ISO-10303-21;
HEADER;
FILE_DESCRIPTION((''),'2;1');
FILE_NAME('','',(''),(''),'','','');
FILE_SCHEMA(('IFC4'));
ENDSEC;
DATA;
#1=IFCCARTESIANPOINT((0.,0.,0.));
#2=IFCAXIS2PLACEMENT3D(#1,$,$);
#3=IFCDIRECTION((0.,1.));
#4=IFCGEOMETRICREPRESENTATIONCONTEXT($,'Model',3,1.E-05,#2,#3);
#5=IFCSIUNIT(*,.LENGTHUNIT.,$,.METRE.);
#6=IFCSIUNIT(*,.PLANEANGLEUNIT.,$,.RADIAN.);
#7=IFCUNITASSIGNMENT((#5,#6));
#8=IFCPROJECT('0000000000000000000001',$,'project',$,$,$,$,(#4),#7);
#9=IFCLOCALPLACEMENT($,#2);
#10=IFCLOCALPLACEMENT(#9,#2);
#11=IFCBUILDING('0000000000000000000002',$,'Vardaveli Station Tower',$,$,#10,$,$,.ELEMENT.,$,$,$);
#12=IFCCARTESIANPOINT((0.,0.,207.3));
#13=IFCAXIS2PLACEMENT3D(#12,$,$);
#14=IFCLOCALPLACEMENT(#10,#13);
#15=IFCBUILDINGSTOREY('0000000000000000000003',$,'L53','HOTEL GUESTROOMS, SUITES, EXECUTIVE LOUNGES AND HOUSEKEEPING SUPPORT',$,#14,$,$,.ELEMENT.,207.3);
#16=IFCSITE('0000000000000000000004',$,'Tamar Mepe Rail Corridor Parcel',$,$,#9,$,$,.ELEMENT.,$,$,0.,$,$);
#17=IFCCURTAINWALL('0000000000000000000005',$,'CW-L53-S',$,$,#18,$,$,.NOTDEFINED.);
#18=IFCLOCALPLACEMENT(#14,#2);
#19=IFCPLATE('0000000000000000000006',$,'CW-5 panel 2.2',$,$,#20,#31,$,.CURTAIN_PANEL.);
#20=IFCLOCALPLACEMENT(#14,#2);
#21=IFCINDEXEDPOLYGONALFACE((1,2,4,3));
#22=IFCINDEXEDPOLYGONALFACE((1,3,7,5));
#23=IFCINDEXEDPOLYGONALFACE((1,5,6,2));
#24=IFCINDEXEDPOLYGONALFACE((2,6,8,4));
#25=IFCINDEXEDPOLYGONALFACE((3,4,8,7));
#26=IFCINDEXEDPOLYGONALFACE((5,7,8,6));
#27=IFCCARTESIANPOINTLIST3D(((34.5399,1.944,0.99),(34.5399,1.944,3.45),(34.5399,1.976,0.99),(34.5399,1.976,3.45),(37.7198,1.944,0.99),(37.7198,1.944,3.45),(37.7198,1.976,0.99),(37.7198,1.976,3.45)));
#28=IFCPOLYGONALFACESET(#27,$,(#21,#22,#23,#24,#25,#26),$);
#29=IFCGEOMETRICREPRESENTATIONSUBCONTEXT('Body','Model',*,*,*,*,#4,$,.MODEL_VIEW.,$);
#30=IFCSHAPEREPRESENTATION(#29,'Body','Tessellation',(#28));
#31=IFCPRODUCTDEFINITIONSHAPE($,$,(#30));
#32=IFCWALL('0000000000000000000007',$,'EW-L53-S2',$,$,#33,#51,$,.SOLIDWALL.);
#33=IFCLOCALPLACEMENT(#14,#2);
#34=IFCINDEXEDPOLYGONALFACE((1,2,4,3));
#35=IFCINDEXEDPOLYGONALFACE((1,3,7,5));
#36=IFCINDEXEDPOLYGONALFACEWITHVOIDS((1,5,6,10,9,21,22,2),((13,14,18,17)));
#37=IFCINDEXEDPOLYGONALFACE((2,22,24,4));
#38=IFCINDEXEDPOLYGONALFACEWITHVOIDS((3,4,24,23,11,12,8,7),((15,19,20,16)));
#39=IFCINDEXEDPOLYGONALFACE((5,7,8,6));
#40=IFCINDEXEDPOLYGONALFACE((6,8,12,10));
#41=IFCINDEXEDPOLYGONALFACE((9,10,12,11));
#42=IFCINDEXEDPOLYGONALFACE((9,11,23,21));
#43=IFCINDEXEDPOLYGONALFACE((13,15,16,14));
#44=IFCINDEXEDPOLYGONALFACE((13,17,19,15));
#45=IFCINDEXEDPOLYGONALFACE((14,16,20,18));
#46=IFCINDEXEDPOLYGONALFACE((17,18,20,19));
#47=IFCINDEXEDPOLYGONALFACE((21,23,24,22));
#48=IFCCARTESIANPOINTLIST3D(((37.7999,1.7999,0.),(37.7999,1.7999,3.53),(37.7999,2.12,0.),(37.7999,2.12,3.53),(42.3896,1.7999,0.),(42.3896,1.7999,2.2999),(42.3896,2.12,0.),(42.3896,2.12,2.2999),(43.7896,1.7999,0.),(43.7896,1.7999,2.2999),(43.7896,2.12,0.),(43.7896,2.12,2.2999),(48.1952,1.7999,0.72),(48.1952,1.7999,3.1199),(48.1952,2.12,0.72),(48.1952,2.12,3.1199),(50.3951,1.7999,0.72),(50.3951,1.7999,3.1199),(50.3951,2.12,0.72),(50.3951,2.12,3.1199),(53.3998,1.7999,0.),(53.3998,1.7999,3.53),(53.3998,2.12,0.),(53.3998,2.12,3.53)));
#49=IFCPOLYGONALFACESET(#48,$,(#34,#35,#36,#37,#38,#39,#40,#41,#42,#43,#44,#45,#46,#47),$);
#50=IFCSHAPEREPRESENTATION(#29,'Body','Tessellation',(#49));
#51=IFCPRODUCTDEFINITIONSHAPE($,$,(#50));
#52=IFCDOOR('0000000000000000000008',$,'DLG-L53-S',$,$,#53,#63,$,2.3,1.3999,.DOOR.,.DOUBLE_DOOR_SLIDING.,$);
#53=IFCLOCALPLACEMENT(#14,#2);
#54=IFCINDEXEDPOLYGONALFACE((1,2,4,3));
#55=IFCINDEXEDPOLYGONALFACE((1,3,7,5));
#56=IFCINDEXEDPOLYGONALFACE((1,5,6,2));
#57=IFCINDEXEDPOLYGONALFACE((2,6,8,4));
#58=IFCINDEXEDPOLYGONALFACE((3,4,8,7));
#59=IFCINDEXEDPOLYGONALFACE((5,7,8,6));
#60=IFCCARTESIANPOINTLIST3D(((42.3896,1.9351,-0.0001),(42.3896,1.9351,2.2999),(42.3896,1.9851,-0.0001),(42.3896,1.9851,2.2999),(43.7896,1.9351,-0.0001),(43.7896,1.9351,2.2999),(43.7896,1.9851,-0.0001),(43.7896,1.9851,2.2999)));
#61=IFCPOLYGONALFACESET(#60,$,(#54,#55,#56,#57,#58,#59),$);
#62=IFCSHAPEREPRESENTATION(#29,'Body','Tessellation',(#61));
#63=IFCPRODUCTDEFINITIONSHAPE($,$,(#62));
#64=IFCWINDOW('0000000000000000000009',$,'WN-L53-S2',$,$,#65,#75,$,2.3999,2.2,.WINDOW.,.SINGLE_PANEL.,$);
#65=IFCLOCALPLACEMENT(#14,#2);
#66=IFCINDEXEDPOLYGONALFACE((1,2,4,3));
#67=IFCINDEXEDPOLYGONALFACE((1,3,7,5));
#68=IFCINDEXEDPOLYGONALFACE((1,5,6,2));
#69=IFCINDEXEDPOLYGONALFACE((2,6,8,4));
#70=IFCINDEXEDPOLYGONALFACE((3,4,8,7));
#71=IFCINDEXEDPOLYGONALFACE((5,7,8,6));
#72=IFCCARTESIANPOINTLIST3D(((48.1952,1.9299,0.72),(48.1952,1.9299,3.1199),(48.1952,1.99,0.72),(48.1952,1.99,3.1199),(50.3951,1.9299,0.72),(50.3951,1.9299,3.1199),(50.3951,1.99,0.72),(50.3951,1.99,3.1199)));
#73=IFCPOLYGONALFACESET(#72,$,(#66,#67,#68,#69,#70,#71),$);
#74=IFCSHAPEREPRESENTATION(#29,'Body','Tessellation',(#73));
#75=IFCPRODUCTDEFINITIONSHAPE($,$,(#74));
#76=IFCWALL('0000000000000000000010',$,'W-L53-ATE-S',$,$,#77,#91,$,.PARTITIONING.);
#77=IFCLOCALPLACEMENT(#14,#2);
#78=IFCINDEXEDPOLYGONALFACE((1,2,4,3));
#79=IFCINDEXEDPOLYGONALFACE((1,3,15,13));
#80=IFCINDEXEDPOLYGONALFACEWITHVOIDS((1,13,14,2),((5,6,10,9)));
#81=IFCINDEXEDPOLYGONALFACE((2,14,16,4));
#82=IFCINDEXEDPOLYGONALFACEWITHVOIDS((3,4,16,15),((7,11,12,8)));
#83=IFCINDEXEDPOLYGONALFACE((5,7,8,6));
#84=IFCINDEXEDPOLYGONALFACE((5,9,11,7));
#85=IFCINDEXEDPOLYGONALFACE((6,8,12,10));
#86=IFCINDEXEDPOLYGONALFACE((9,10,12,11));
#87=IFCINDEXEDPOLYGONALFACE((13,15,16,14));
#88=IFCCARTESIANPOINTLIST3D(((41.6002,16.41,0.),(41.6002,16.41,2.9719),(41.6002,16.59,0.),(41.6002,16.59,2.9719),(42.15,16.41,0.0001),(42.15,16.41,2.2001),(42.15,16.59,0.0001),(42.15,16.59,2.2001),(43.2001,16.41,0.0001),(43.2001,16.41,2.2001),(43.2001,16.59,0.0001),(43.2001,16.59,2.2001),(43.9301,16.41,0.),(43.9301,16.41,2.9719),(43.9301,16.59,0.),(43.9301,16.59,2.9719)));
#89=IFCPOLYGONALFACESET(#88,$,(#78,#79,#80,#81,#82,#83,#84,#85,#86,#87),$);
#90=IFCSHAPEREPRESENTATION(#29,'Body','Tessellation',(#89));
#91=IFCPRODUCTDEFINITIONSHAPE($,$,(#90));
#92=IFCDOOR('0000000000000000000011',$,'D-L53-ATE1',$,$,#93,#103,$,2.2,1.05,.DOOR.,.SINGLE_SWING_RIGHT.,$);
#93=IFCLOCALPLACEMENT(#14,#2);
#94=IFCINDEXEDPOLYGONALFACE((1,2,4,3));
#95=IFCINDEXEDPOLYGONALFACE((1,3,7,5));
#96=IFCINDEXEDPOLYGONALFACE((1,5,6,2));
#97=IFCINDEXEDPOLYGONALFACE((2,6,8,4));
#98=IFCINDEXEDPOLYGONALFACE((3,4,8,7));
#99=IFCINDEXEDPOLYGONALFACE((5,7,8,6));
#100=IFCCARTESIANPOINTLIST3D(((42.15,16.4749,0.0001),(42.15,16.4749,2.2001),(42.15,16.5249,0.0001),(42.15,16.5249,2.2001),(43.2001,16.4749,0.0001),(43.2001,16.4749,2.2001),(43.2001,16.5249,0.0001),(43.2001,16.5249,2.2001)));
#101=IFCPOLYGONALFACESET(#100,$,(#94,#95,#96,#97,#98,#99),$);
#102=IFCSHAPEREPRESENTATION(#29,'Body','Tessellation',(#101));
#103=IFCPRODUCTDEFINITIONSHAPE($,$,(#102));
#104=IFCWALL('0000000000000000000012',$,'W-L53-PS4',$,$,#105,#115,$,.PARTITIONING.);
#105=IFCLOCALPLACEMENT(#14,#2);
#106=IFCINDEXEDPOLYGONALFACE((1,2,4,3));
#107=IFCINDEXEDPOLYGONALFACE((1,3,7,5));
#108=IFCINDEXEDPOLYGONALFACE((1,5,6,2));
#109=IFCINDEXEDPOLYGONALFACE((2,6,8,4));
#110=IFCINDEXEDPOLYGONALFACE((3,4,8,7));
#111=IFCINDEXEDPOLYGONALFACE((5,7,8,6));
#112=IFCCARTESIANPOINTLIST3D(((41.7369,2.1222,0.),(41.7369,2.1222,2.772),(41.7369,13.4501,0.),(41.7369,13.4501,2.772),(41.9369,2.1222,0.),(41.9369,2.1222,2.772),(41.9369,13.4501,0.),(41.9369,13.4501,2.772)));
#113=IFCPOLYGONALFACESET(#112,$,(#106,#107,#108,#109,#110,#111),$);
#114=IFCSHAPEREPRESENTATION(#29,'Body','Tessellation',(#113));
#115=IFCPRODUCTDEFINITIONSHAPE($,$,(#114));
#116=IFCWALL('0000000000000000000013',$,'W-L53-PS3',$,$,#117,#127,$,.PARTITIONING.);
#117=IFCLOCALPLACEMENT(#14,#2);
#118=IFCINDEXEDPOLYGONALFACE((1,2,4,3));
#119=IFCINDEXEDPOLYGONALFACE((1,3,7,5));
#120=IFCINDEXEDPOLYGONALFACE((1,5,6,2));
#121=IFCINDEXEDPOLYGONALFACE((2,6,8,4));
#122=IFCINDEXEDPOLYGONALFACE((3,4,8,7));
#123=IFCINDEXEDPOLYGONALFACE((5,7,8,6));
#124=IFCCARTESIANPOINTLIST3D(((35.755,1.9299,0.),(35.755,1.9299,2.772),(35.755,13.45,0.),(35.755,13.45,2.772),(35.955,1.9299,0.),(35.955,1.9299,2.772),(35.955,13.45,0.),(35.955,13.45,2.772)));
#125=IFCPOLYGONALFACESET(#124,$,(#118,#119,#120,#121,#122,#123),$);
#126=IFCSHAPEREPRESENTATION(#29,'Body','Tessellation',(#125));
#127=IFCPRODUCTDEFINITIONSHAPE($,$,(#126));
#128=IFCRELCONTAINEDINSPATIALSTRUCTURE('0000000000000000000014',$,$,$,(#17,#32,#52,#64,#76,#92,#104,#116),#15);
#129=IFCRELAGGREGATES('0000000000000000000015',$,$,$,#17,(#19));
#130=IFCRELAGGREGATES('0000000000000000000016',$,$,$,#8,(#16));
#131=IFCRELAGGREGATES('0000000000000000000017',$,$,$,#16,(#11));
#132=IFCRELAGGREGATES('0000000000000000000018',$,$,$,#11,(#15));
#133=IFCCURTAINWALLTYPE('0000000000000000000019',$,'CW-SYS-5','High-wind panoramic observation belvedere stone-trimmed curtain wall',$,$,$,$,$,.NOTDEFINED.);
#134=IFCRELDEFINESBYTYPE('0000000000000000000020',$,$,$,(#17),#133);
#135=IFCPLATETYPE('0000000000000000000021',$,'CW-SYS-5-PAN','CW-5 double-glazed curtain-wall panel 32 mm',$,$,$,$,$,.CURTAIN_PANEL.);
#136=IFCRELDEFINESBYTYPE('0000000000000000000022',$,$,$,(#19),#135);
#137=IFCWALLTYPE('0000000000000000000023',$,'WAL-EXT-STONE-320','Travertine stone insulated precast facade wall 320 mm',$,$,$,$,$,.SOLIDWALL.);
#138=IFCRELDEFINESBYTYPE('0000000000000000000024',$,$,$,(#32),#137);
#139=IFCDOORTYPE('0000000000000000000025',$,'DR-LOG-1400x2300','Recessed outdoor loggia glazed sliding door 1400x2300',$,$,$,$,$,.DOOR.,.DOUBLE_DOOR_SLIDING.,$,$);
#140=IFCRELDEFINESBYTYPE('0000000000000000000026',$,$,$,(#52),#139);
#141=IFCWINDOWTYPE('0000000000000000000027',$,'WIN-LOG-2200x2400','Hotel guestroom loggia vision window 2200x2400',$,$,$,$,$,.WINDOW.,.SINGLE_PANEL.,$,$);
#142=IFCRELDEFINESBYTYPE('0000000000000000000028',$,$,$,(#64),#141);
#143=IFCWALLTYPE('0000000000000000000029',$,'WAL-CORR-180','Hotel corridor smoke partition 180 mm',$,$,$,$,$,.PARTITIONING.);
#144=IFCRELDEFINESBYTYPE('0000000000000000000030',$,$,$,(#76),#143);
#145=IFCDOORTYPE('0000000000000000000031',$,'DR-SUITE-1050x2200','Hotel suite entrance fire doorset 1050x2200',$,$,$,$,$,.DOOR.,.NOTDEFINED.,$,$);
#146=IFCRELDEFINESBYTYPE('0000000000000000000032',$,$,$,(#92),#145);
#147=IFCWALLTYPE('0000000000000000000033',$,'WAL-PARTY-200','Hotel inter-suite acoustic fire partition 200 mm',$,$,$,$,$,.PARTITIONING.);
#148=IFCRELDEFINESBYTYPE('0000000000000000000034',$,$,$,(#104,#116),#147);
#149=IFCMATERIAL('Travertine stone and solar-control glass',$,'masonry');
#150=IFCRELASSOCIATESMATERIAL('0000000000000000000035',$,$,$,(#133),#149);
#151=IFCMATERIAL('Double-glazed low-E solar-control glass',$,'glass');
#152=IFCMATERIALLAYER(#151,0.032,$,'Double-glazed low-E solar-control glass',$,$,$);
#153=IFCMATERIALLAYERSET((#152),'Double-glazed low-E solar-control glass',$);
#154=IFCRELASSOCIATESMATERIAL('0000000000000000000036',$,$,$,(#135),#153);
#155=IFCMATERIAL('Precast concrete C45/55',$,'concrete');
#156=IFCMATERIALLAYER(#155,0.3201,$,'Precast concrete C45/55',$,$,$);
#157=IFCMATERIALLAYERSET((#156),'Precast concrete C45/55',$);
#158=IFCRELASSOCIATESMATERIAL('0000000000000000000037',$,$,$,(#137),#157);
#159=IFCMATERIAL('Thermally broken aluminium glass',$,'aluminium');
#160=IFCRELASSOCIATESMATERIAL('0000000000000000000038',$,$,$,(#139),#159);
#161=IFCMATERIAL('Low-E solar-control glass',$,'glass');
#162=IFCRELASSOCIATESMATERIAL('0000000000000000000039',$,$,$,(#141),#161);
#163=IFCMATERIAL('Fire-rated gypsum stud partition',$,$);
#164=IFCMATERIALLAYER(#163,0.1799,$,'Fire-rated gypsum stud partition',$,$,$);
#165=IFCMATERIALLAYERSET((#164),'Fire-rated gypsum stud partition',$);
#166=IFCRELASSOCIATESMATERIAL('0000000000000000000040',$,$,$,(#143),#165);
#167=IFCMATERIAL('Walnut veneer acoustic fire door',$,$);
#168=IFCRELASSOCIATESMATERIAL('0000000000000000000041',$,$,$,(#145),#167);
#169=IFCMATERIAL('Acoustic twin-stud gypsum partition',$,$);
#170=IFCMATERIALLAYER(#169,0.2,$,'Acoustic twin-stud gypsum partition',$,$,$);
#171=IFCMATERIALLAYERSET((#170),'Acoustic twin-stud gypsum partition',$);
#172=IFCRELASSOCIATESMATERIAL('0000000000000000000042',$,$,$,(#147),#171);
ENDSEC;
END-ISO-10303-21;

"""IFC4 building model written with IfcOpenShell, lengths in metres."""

from ifc_helpers import new_model, si_unit, direction, frame, frame_2d, origin, origin_2d, place, context, subcontext, project, spatial, rectangle, extrude, source, transform, mapped, material, layer, layer_set, type_object, element, fill, aggregate, save


model = new_model("IFC4")

# Units and contexts
model_context = context("Model", 3, precision=1e-05, world=origin(), true_north=direction((0.0, 1.0)))
body_context = subcontext(model_context, "Body", "Model", "MODEL_VIEW")
ifc_project = project(units=[si_unit("LENGTHUNIT", "METRE"), si_unit("PLANEANGLEUNIT", "RADIAN")], contexts=[model_context])

# Site, building, storey
site_placement = place(None, origin())
site = spatial("IfcSite", under=ifc_project, at=site_placement, Name="Tamar Mepe Rail Corridor Parcel", CompositionType="ELEMENT", RefElevation=0.0)
building_placement = place(site_placement, origin())
building = spatial("IfcBuilding", under=site, at=building_placement, Name="Vardaveli Station Tower", CompositionType="ELEMENT")
storey_placement = place(building_placement, frame((0.0, 0.0, 207.3)))
storey = spatial("IfcBuildingStorey", under=building, at=storey_placement, Name="L53", Description="HOTEL GUESTROOMS, SUITES, EXECUTIVE LOUNGES AND HOUSEKEEPING SUPPORT", CompositionType="ELEMENT", Elevation=207.3)

# Shared definitions
ifc_material_1 = material(Name="Precast concrete C45/55", Category="concrete")

# Curtain wall, plate
ifc_material_2 = material(Name="Travertine stone and solar-control glass", Category="masonry")
curtain_wall_type = type_object("IfcCurtainWallType", Name="CW-SYS-5", Description="High-wind panoramic observation belvedere stone-trimmed curtain wall", PredefinedType="NOTDEFINED", material=ifc_material_2)
curtain_wall_placement = place(storey_placement, origin())
curtain_wall = element("IfcCurtainWall", 1, at=curtain_wall_placement, inside=storey, type_object=curtain_wall_type, Name="CW-L53-S", PredefinedType="NOTDEFINED")
ifc_material_3 = material(Name="Double-glazed low-E solar-control glass", Category="glass")
ifc_layer_1 = layer(ifc_material_3, 0.032, Name="Double-glazed low-E solar-control glass")
ifc_layer_set_1 = layer_set([ifc_layer_1], Name="Double-glazed low-E solar-control glass")
plate_type = type_object("IfcPlateType", Name="CW-SYS-5-PAN", Description="CW-5 double-glazed curtain-wall panel 32 mm", PredefinedType="CURTAIN_PANEL", material=ifc_layer_set_1)
shared_shape_1 = source(origin(), body_context, "Body", "SweptSolid", [
    extrude(rectangle(XDim=3.1799, YDim=0.032, at=origin_2d()), origin(), (0.0, 0.0, 1.0), 2.46),
])
plate_1_placement = place(storey_placement, frame((36.1299, 1.96, 0.99), z_axis=(0.0, 0.0, 1.0), x_axis=(1.0, 0.0, 0.0)))
plate_1 = element("IfcPlate", 2, at=plate_1_placement, type_object=plate_type, Name="CW-5 panel 2.2", PredefinedType="CURTAIN_PANEL", context=body_context, shape_type="MappedRepresentation", body=[
    mapped(shared_shape_1, transform((0.0, 0.0, 0.0), scale=1.0)),
])
aggregate(curtain_wall, [plate_1])

# Wall, openings, door, window
ifc_layer_2 = layer(ifc_material_1, 0.3201, Name="Precast concrete C45/55")
ifc_layer_set_2 = layer_set([ifc_layer_2], Name="Precast concrete C45/55")
wall_type_1 = type_object("IfcWallType", Name="WAL-EXT-STONE-320", Description="Travertine stone insulated precast facade wall 320 mm", PredefinedType="SOLIDWALL", material=ifc_layer_set_2)
shared_shape_2 = source(origin(), body_context, "Body", "SweptSolid", [
    extrude(rectangle(XDim=15.5999, YDim=0.3201, at=frame_2d((7.7998, 0.0))), origin(), (0.0, 0.0, 1.0), 3.53),
])
wall_1_placement = place(storey_placement, frame((37.8, 1.96, 0.0), z_axis=(0.0, 0.0, 1.0), x_axis=(1.0, 0.0, 0.0)))
wall_1 = element("IfcWall", 3, at=wall_1_placement, inside=storey, type_object=wall_type_1, Name="EW-L53-S2", PredefinedType="SOLIDWALL", context=body_context, shape_type="MappedRepresentation", body=[
    mapped(shared_shape_2, transform((0.0, 0.0, 0.0), scale=1.0)),
])
shared_shape_3 = source(origin(), body_context, "Body", "SweptSolid", [
    extrude(rectangle(XDim=1.3999, YDim=2.3, at=frame_2d((0.7, 1.1499))), frame((0.0, 0.1699, 0.0), z_axis=(0.0, -1.0, 0.0), x_axis=(1.0, 0.0, 0.0)), (0.0, 0.0, 1.0), 0.3401),
])
opening_1_placement = place(wall_1_placement, frame((4.5896, 0.0, 0.0)))
opening_1 = element("IfcOpeningElement", 4, at=opening_1_placement, cuts=wall_1, PredefinedType="OPENING", context=body_context, shape_type="MappedRepresentation", body=[
    mapped(shared_shape_3, transform((0.0, 0.0, 0.0), scale=1.0)),
])
shared_shape_4 = source(origin(), body_context, "Body", "SweptSolid", [
    extrude(rectangle(XDim=2.2, YDim=2.3999, at=frame_2d((1.1001, 1.2))), frame((0.0, 0.1699, 0.0), z_axis=(0.0, -1.0, 0.0), x_axis=(1.0, 0.0, 0.0)), (0.0, 0.0, 1.0), 0.3401),
])
opening_2_placement = place(wall_1_placement, frame((10.395, 0.0, 0.72)))
opening_2 = element("IfcOpeningElement", 5, at=opening_2_placement, cuts=wall_1, PredefinedType="OPENING", context=body_context, shape_type="MappedRepresentation", body=[
    mapped(shared_shape_4, transform((0.0, 0.0, 0.0), scale=1.0)),
])
ifc_material_4 = material(Name="Thermally broken aluminium glass", Category="aluminium")
door_type_1 = type_object("IfcDoorType", Name="DR-LOG-1400x2300", Description="Recessed outdoor loggia glazed sliding door 1400x2300", OperationType="DOUBLE_DOOR_SLIDING", PredefinedType="DOOR", material=ifc_material_4)
shared_shape_5 = source(origin(), body_context, "Body", "SweptSolid", [
    extrude(rectangle(XDim=1.3999, YDim=2.3, at=frame_2d((0.7, 1.1499))), frame((0.0, 0.0249, 0.0), z_axis=(0.0, -1.0, 0.0), x_axis=(1.0, 0.0, 0.0)), (0.0, 0.0, 1.0), 0.05),
])
door_1_placement = place(opening_1_placement, frame((1.3999, 0.0, 0.0), z_axis=(0.0, 0.0, 1.0), x_axis=(-1.0, 0.0, 0.0)))
door_1 = element("IfcDoor", 6, at=door_1_placement, inside=storey, type_object=door_type_1, Name="DLG-L53-S", OperationType="DOUBLE_DOOR_SLIDING", OverallHeight=2.3, OverallWidth=1.3999, PredefinedType="DOOR", context=body_context, shape_type="MappedRepresentation", body=[
    mapped(shared_shape_5, transform((0.0, 0.0, 0.0), scale=1.0)),
])
fill(opening_1, door_1)
ifc_material_5 = material(Name="Low-E solar-control glass", Category="glass")
window_type = type_object("IfcWindowType", Name="WIN-LOG-2200x2400", Description="Hotel guestroom loggia vision window 2200x2400", PartitioningType="SINGLE_PANEL", PredefinedType="WINDOW", material=ifc_material_5)
shared_shape_6 = source(origin(), body_context, "Body", "SweptSolid", [
    extrude(rectangle(XDim=2.2, YDim=2.3999, at=frame_2d((1.1001, 1.2))), frame((0.0, 0.03, 0.0), z_axis=(0.0, -1.0, 0.0), x_axis=(1.0, 0.0, 0.0)), (0.0, 0.0, 1.0), 0.0601),
])
window_placement = place(opening_2_placement, origin())
window = element("IfcWindow", 7, at=window_placement, inside=storey, type_object=window_type, Name="WN-L53-S2", OverallHeight=2.3999, OverallWidth=2.2, PartitioningType="SINGLE_PANEL", PredefinedType="WINDOW", context=body_context, shape_type="MappedRepresentation", body=[
    mapped(shared_shape_6, transform((0.0, 0.0, 0.0), scale=1.0)),
])
fill(opening_2, window)

# Wall, opening, door
ifc_material_6 = material(Name="Fire-rated gypsum stud partition")
ifc_layer_3 = layer(ifc_material_6, 0.1799, Name="Fire-rated gypsum stud partition")
ifc_layer_set_3 = layer_set([ifc_layer_3], Name="Fire-rated gypsum stud partition")
wall_type_2 = type_object("IfcWallType", Name="WAL-CORR-180", Description="Hotel corridor smoke partition 180 mm", PredefinedType="PARTITIONING", material=ifc_layer_set_3)
shared_shape_7 = source(origin(), body_context, "Body", "SweptSolid", [
    extrude(rectangle(XDim=2.3298, YDim=0.1799, at=frame_2d((1.165, 0.0))), origin(), (0.0, 0.0, 1.0), 2.9719),
])
wall_2_placement = place(storey_placement, frame((41.6001, 16.5, 0.0), z_axis=(0.0, 0.0, 1.0), x_axis=(1.0, 0.0, 0.0)))
wall_2 = element("IfcWall", 8, at=wall_2_placement, inside=storey, type_object=wall_type_2, Name="W-L53-ATE-S", PredefinedType="PARTITIONING", context=body_context, shape_type="MappedRepresentation", body=[
    mapped(shared_shape_7, transform((0.0, 0.0, 0.0), scale=1.0)),
])
shared_shape_8 = source(origin(), body_context, "Body", "SweptSolid", [
    extrude(rectangle(XDim=1.05, YDim=2.2, at=frame_2d((0.5249, 1.1001))), frame((0.0, 0.1001, 0.0), z_axis=(0.0, -1.0, 0.0), x_axis=(1.0, 0.0, 0.0)), (0.0, 0.0, 1.0), 0.2),
])
opening_3_placement = place(wall_2_placement, frame((0.55, 0.0, 0.0)))
opening_3 = element("IfcOpeningElement", 9, at=opening_3_placement, cuts=wall_2, PredefinedType="OPENING", context=body_context, shape_type="MappedRepresentation", body=[
    mapped(shared_shape_8, transform((0.0, 0.0, 0.0), scale=1.0)),
])
ifc_material_7 = material(Name="Walnut veneer acoustic fire door")
door_type_2 = type_object("IfcDoorType", Name="DR-SUITE-1050x2200", Description="Hotel suite entrance fire doorset 1050x2200", OperationType="NOTDEFINED", PredefinedType="DOOR", material=ifc_material_7)
shared_shape_9 = source(origin(), body_context, "Body", "SweptSolid", [
    extrude(rectangle(XDim=1.05, YDim=2.2, at=frame_2d((0.5249, 1.1001))), frame((0.0, 0.0249, 0.0), z_axis=(0.0, -1.0, 0.0), x_axis=(1.0, 0.0, 0.0)), (0.0, 0.0, 1.0), 0.05),
])
door_2_placement = place(opening_3_placement, origin())
door_2 = element("IfcDoor", 10, at=door_2_placement, inside=storey, type_object=door_type_2, Name="D-L53-ATE1", OperationType="SINGLE_SWING_RIGHT", OverallHeight=2.2, OverallWidth=1.05, PredefinedType="DOOR", context=body_context, shape_type="MappedRepresentation", body=[
    mapped(shared_shape_9, transform((0.0, 0.0, 0.0), scale=1.0)),
])
fill(opening_3, door_2)

# Walls
ifc_material_8 = material(Name="Acoustic twin-stud gypsum partition")
ifc_layer_4 = layer(ifc_material_8, 0.2, Name="Acoustic twin-stud gypsum partition")
ifc_layer_set_4 = layer_set([ifc_layer_4], Name="Acoustic twin-stud gypsum partition")
wall_type_3 = type_object("IfcWallType", Name="WAL-PARTY-200", Description="Hotel inter-suite acoustic fire partition 200 mm", PredefinedType="PARTITIONING", material=ifc_layer_set_4)
shared_shape_10 = source(origin(), body_context, "Body", "SweptSolid", [
    extrude(rectangle(XDim=11.3279, YDim=0.2, at=frame_2d((5.6641, 0.0))), origin(), (0.0, 0.0, 1.0), 2.772),
])
wall_3_placement = place(storey_placement, frame((41.8369, 2.1221, 0.0), z_axis=(0.0, 0.0, 1.0), x_axis=(0.0, 1.0, 0.0)))
element("IfcWall", 11, at=wall_3_placement, inside=storey, type_object=wall_type_3, Name="W-L53-PS4", PredefinedType="PARTITIONING", context=body_context, shape_type="MappedRepresentation", body=[
    mapped(shared_shape_10, transform((0.0, 0.0, 0.0), scale=1.0)),
])
shared_shape_11 = source(origin(), body_context, "Body", "SweptSolid", [
    extrude(rectangle(XDim=11.52, YDim=0.2, at=frame_2d((5.76, 0.0))), origin(), (0.0, 0.0, 1.0), 2.772),
])
wall_4_placement = place(storey_placement, frame((35.855, 1.9299, 0.0), z_axis=(0.0, 0.0, 1.0), x_axis=(0.0, 1.0, 0.0)))
element("IfcWall", 12, at=wall_4_placement, inside=storey, type_object=wall_type_3, Name="W-L53-PS3", PredefinedType="PARTITIONING", context=body_context, shape_type="MappedRepresentation", body=[
    mapped(shared_shape_11, transform((0.0, 0.0, 0.0), scale=1.0)),
])

save(model, "model.ifc")
